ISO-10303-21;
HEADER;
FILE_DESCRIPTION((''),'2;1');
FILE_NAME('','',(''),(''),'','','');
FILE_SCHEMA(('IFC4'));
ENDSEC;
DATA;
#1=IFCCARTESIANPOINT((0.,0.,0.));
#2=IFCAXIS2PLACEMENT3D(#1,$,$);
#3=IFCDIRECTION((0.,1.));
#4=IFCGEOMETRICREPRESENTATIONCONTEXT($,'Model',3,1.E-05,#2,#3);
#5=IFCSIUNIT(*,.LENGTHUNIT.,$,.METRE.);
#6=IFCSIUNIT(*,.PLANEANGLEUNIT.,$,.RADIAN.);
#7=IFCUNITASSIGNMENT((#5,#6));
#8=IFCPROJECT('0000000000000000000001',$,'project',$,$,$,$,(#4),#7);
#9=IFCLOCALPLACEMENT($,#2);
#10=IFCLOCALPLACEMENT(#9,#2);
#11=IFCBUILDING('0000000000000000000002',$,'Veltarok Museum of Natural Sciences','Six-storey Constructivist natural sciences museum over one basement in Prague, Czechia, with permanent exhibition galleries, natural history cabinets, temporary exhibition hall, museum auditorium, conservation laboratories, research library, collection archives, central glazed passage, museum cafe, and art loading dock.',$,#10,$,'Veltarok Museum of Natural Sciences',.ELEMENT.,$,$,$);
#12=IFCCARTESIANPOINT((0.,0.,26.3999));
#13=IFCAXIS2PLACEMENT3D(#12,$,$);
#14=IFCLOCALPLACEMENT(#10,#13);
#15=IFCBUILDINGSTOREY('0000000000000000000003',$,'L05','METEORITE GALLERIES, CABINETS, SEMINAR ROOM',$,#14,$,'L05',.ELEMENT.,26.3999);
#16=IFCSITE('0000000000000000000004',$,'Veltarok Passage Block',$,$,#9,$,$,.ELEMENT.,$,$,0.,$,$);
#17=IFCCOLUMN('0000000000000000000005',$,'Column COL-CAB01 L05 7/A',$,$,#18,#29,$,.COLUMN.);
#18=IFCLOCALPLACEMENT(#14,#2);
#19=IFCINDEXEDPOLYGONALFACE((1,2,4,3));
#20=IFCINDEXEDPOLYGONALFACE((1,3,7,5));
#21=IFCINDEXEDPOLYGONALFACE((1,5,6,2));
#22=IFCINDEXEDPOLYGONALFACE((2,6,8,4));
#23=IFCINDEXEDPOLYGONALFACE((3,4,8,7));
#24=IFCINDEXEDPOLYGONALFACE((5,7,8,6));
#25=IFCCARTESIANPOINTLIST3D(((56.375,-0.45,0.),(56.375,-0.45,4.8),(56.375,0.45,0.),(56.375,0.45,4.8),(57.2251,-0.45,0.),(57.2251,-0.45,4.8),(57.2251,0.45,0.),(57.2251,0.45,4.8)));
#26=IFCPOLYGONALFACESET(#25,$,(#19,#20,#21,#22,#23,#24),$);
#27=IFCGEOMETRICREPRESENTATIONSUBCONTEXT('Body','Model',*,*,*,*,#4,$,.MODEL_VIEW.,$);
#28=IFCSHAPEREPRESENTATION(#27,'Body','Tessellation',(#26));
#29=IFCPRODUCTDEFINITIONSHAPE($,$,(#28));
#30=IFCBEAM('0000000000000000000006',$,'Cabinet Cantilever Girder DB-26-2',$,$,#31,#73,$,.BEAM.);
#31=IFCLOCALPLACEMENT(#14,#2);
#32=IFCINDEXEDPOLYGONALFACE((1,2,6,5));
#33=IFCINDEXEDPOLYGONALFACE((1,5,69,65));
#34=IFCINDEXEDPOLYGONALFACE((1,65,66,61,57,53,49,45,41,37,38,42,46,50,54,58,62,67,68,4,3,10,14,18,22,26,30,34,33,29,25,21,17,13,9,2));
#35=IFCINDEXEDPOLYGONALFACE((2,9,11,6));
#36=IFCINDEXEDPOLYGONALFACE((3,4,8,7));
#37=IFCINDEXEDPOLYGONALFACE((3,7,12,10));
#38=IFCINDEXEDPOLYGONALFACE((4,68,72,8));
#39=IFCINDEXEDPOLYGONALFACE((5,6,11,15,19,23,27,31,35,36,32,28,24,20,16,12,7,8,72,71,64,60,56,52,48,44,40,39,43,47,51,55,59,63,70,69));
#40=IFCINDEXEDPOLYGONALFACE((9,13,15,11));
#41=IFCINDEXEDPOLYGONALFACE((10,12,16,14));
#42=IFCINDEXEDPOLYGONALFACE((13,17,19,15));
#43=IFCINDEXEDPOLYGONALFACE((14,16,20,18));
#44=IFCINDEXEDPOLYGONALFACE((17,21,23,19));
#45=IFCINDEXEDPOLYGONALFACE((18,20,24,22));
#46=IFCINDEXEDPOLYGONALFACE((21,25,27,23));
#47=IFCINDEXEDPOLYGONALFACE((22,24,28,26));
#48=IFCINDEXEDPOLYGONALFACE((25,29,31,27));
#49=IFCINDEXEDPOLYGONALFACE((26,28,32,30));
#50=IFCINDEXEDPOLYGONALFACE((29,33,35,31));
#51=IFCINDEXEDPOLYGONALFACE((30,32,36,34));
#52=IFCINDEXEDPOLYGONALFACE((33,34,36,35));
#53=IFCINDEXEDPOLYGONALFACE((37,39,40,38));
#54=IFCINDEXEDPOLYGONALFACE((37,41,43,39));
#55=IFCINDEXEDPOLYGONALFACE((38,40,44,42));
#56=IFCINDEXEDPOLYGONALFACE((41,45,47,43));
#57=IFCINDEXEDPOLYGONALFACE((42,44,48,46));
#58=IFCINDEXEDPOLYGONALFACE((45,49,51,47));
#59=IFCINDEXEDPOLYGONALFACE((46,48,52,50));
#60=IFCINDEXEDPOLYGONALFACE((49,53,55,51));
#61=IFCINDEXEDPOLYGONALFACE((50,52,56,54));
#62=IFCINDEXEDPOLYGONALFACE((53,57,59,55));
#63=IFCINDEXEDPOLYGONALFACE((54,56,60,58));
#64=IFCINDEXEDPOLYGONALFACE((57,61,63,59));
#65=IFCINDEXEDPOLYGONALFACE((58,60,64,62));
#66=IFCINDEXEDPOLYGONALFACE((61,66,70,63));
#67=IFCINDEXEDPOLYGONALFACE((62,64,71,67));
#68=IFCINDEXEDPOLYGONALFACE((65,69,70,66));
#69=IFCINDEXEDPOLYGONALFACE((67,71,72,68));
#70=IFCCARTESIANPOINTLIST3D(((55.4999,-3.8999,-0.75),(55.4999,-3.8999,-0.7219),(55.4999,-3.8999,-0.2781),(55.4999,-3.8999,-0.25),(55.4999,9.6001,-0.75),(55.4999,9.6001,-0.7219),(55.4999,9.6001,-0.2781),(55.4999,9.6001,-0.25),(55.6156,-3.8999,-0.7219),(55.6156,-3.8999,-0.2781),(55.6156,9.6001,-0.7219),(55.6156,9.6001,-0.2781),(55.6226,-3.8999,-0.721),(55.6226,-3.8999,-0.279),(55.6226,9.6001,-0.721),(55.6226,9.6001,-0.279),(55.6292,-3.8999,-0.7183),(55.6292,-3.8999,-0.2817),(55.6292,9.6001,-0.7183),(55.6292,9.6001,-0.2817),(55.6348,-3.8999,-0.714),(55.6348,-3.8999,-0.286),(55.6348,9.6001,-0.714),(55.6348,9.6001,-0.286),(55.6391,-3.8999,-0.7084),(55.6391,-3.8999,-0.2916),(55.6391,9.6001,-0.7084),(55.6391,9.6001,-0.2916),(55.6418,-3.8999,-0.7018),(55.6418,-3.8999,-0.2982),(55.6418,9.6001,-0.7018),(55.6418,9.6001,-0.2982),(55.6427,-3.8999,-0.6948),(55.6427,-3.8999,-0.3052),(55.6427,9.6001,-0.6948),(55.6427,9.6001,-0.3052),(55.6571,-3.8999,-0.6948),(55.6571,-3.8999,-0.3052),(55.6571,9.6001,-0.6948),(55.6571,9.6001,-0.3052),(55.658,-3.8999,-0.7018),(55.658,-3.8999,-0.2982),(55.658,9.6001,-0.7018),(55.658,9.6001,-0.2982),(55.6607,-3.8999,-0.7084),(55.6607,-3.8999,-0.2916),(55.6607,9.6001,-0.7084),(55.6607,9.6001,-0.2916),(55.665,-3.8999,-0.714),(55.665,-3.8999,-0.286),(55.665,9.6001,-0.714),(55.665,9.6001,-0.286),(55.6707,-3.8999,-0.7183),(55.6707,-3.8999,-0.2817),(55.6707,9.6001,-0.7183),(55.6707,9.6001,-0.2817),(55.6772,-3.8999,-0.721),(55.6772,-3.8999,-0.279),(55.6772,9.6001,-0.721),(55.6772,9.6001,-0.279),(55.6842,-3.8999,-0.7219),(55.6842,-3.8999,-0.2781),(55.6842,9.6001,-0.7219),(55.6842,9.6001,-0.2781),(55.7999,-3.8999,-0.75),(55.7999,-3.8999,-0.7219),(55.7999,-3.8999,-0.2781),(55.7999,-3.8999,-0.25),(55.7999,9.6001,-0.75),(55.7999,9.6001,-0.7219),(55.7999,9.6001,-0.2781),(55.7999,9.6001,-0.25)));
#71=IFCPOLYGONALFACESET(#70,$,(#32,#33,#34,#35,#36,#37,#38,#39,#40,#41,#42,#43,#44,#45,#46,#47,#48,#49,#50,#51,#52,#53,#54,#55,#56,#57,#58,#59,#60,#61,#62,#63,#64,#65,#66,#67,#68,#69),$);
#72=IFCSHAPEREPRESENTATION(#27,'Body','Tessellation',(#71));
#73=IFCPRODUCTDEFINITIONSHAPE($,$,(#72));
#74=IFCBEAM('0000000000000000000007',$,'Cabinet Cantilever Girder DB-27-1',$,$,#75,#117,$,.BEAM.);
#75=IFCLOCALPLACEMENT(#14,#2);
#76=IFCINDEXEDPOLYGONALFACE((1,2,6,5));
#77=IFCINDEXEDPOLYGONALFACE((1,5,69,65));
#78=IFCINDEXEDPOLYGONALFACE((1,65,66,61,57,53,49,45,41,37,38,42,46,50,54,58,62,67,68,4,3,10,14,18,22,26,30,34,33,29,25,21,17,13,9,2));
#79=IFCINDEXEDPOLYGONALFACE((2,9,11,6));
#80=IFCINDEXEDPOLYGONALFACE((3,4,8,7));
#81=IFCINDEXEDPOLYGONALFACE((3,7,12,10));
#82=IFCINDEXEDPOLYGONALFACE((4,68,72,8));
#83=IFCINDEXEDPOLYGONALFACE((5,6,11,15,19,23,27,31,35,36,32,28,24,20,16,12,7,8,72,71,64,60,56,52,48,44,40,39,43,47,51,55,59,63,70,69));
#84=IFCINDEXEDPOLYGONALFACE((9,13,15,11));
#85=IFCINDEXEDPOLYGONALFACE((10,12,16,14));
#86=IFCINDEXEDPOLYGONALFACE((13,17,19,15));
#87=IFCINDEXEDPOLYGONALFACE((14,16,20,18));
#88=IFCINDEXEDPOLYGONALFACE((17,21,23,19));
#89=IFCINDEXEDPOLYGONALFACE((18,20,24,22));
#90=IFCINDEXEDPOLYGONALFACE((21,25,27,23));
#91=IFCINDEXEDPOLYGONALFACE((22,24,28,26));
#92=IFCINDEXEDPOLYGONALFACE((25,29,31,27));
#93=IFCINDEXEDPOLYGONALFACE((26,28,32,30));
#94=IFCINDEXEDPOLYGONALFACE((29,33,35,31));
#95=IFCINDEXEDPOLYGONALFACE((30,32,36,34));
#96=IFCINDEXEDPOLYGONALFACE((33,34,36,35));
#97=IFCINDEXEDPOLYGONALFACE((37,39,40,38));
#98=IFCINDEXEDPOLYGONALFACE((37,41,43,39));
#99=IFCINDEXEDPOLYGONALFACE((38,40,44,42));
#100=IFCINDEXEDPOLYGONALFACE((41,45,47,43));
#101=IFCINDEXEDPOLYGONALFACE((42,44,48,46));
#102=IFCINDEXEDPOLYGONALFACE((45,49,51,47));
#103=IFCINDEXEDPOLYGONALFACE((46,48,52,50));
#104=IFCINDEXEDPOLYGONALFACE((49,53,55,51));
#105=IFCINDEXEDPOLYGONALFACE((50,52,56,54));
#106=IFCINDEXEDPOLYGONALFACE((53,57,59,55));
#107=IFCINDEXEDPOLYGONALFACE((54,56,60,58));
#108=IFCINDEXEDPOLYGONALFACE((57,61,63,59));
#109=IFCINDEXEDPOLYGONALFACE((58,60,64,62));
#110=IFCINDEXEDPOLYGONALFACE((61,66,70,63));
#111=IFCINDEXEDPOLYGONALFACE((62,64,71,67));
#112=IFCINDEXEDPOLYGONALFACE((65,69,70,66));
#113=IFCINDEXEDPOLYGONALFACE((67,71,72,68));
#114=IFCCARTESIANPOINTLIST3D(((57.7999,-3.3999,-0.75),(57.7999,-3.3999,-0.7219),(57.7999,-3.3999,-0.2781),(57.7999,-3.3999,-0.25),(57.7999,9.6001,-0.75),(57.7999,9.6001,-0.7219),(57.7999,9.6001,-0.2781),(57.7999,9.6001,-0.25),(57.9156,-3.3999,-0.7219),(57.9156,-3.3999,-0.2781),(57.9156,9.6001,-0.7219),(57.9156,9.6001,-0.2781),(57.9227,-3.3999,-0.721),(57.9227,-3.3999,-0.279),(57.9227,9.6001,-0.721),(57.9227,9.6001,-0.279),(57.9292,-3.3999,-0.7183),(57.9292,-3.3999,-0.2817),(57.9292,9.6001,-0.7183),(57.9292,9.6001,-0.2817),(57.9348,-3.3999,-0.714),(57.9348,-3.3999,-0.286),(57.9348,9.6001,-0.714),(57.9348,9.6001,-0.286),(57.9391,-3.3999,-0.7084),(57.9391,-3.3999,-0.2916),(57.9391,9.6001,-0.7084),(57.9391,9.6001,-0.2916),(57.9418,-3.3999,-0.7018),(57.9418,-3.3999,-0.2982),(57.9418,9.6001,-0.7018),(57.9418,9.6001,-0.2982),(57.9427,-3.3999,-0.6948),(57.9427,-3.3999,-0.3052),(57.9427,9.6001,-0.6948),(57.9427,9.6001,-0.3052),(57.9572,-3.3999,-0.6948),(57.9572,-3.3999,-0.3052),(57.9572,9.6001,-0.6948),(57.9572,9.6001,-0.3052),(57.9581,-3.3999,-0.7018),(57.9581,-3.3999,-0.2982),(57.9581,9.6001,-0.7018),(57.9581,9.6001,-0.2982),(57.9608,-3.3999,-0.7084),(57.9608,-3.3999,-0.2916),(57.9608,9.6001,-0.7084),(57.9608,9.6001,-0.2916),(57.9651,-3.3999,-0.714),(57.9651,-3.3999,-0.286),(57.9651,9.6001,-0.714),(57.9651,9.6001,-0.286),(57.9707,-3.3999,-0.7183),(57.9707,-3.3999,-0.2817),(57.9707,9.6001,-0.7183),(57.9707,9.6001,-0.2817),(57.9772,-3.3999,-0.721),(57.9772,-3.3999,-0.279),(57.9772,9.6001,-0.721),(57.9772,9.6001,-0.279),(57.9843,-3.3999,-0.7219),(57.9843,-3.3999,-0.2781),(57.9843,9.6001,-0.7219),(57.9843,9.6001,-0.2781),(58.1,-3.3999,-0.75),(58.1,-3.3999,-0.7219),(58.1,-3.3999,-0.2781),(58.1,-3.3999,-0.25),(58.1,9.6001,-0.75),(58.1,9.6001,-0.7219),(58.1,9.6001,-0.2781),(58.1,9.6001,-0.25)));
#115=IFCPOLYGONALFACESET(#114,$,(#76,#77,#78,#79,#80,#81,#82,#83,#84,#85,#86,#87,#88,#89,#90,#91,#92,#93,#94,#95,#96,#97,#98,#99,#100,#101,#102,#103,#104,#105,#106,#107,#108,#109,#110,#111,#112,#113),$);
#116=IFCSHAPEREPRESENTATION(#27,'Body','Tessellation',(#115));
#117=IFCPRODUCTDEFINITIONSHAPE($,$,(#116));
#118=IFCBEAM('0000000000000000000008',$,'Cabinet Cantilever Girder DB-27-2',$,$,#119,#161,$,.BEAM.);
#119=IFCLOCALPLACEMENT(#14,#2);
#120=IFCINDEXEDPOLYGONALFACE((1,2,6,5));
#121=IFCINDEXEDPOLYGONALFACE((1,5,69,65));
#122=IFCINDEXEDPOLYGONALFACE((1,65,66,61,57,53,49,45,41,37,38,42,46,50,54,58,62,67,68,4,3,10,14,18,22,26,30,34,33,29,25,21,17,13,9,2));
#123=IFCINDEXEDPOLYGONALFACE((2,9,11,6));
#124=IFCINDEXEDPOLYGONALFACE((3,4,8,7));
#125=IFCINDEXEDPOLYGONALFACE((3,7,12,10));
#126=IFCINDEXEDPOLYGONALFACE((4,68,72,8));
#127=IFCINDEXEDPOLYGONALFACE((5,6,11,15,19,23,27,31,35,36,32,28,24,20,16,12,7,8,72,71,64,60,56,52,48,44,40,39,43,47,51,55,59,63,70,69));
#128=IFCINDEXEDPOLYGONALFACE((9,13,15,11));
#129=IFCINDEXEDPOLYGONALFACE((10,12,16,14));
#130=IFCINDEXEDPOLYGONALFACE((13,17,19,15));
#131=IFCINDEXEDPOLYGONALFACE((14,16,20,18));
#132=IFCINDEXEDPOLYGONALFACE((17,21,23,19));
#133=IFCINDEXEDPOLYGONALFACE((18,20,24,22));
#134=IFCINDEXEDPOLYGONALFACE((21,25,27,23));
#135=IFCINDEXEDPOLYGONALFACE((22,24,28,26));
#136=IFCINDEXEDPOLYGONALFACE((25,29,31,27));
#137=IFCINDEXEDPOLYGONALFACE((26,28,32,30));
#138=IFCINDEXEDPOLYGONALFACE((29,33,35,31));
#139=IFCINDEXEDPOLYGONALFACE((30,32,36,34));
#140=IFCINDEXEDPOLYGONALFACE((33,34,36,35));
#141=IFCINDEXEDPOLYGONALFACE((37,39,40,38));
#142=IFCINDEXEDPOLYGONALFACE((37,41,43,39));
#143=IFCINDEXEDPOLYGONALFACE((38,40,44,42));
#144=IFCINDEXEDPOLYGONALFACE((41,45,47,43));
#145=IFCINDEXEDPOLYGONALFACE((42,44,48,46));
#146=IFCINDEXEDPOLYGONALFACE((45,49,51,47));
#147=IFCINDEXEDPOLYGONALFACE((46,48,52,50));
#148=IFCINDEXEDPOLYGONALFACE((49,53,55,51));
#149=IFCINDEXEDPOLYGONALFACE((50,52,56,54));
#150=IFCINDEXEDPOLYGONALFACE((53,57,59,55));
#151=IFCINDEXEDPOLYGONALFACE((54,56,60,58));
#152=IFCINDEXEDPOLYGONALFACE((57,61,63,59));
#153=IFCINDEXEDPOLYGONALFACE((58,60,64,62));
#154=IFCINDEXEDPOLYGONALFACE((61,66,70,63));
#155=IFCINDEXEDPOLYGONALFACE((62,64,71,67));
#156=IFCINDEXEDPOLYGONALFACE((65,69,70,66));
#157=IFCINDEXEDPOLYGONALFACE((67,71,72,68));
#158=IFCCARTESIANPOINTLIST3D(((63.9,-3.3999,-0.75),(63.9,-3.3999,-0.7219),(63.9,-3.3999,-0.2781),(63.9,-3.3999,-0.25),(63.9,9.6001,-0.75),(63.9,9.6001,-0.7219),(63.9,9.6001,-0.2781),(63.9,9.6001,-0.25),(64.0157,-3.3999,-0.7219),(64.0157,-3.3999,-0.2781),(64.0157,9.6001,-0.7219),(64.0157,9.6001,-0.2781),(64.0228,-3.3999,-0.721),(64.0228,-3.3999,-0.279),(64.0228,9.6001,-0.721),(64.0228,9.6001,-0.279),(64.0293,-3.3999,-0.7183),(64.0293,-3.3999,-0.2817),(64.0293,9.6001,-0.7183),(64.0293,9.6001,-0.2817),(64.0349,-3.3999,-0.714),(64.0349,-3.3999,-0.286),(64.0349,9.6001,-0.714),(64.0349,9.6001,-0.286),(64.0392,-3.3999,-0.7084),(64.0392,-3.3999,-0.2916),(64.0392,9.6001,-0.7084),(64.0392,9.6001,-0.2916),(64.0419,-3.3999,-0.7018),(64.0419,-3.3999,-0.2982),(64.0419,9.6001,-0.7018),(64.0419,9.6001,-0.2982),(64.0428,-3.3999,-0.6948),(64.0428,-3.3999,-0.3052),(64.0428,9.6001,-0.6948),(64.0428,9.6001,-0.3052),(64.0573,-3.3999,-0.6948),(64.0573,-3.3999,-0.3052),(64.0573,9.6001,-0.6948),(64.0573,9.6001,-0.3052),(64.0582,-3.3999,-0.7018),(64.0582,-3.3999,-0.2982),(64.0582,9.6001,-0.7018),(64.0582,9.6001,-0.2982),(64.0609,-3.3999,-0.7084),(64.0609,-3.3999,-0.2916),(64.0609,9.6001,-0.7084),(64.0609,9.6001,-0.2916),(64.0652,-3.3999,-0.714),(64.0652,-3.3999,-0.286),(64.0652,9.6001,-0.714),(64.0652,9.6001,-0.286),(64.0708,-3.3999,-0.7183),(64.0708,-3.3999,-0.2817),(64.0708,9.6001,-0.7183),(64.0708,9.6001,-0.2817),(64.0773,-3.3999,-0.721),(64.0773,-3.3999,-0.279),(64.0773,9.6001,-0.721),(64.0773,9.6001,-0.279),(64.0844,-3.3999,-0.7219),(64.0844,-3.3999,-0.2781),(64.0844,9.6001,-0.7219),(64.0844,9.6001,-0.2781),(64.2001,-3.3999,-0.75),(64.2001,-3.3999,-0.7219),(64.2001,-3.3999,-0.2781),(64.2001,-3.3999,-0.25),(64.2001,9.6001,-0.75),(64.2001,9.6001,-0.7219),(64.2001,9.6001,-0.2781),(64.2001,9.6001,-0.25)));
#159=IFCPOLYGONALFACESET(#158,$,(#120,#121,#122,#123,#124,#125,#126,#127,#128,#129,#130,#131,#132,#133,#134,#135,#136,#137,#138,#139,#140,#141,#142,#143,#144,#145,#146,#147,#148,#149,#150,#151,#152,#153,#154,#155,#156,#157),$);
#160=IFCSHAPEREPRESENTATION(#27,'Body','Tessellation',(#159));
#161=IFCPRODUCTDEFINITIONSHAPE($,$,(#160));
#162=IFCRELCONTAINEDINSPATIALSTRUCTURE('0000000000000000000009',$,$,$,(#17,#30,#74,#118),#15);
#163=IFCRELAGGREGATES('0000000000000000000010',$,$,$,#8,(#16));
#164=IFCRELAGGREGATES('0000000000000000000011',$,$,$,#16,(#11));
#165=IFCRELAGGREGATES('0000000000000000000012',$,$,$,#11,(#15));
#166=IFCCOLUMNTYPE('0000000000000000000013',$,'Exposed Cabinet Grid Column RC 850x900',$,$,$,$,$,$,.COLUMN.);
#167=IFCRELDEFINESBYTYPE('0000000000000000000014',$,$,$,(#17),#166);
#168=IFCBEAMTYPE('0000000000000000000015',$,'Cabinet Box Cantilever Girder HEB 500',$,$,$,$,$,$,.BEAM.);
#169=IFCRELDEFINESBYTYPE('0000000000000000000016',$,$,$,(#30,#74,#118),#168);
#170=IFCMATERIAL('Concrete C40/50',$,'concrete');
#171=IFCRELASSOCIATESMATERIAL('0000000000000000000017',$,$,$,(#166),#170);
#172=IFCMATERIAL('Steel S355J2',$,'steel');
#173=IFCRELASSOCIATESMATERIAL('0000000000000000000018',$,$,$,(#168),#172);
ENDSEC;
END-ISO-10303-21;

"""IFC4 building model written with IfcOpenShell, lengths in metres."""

from ifc_helpers import new_model, si_unit, direction, frame, origin, origin_2d, place, context, subcontext, project, spatial, rectangle, i_section, extrude, material, material_profile, profile_set, type_object, element, save


model = new_model("IFC4")

# Units and contexts
model_context = context("Model", 3, precision=1e-05, world=origin(), true_north=direction((0.0, 1.0)))
body_context = subcontext(model_context, "Body", "Model", "MODEL_VIEW")
ifc_project = project(units=[si_unit("LENGTHUNIT", "METRE"), si_unit("PLANEANGLEUNIT", "RADIAN")], contexts=[model_context])

# Site, building, storey
site_placement = place(None, origin())
site = spatial("IfcSite", under=ifc_project, at=site_placement, Name="Veltarok Passage Block", CompositionType="ELEMENT", RefElevation=0.0)
building_placement = place(site_placement, origin())
building = spatial("IfcBuilding", under=site, at=building_placement, Name="Veltarok Museum of Natural Sciences", Description="Six-storey Constructivist natural sciences museum over one basement in Prague, Czechia, with permanent exhibition galleries, natural history cabinets, temporary exhibition hall, museum auditorium, conservation laboratories, research library, collection archives, central glazed passage, museum cafe, and art loading dock.", LongName="Veltarok Museum of Natural Sciences", CompositionType="ELEMENT")
storey_placement = place(building_placement, frame((0.0, 0.0, 26.3999)))
storey = spatial("IfcBuildingStorey", under=building, at=storey_placement, Name="L05", Description="METEORITE GALLERIES, CABINETS, SEMINAR ROOM", LongName="L05", CompositionType="ELEMENT", Elevation=26.3999)

# Column
ifc_material_1 = material(Name="Concrete C40/50", Category="concrete")
ifc_material_profile_1 = material_profile(ifc_material_1, rectangle(XDim=0.8501, YDim=0.8999, at=origin_2d()), Name="RC 850x900")
ifc_profile_set_1 = profile_set([ifc_material_profile_1], Name="Concrete C40/50")
column_type = type_object("IfcColumnType", Name="Exposed Cabinet Grid Column RC 850x900", PredefinedType="COLUMN", material=ifc_profile_set_1)
column_placement = place(storey_placement, frame((56.8, 0.0, 0.0), z_axis=(0.0, 0.0, 1.0), x_axis=(1.0, 0.0, 0.0)))
element("IfcColumn", 1, at=column_placement, inside=storey, type_object=column_type, Name="Column COL-CAB01 L05 7/A", PredefinedType="COLUMN", context=body_context, shape_type="SweptSolid", body=[
    extrude(rectangle(XDim=0.8501, YDim=0.8999, at=origin_2d()), origin(), (0.0, 0.0, 1.0), 4.8),
])

# Beams
ifc_material_2 = material(Name="Steel S355J2", Category="steel")
ifc_material_profile_2 = material_profile(ifc_material_2, i_section(OverallWidth=0.3, OverallDepth=0.5, WebThickness=0.0144, FlangeThickness=0.0281, FilletRadius=0.0271, at=origin_2d()), Name="HEB 500")
ifc_profile_set_2 = profile_set([ifc_material_profile_2], Name="Steel S355J2")
beam_type_1 = type_object("IfcBeamType", Name="Cabinet Box Cantilever Girder HEB 500", PredefinedType="BEAM", material=ifc_profile_set_2)
beam_1_placement = place(storey_placement, frame((55.6499, -3.8999, -0.5), z_axis=(0.0, 1.0, 0.0), x_axis=(-1.0, 0.0, 0.0)))
element("IfcBeam", 2, at=beam_1_placement, inside=storey, type_object=beam_type_1, Name="Cabinet Cantilever Girder DB-26-2", PredefinedType="BEAM", context=body_context, shape_type="SweptSolid", body=[
    extrude(i_section(OverallWidth=0.3, OverallDepth=0.5, WebThickness=0.0144, FlangeThickness=0.0281, FilletRadius=0.0271, at=origin_2d()), origin(), (0.0, 0.0, 1.0), 13.5),
])
for number, where, z_axis, x_axis, name in (
    (3, (57.95, -3.3999, -0.5), (0.0, 1.0, 0.0), (-1.0, 0.0, 0.0), "Cabinet Cantilever Girder DB-27-1"),
    (4, (64.05, -3.3999, -0.5), (0.0, 1.0, 0.0), (-1.0, 0.0, 0.0), "Cabinet Cantilever Girder DB-27-2"),
):
    element("IfcBeam", number, at=place(storey_placement, frame(where, z_axis=z_axis, x_axis=x_axis)), inside=storey, type_object=beam_type_1, Name=name, PredefinedType="BEAM", context=body_context, shape_type="SweptSolid", body=[
        extrude(i_section(OverallWidth=0.3, OverallDepth=0.5, WebThickness=0.0144, FlangeThickness=0.0281, FilletRadius=0.0271, at=origin_2d()), origin(), (0.0, 0.0, 1.0), 13.0),
    ])

save(model, "model.ifc")
